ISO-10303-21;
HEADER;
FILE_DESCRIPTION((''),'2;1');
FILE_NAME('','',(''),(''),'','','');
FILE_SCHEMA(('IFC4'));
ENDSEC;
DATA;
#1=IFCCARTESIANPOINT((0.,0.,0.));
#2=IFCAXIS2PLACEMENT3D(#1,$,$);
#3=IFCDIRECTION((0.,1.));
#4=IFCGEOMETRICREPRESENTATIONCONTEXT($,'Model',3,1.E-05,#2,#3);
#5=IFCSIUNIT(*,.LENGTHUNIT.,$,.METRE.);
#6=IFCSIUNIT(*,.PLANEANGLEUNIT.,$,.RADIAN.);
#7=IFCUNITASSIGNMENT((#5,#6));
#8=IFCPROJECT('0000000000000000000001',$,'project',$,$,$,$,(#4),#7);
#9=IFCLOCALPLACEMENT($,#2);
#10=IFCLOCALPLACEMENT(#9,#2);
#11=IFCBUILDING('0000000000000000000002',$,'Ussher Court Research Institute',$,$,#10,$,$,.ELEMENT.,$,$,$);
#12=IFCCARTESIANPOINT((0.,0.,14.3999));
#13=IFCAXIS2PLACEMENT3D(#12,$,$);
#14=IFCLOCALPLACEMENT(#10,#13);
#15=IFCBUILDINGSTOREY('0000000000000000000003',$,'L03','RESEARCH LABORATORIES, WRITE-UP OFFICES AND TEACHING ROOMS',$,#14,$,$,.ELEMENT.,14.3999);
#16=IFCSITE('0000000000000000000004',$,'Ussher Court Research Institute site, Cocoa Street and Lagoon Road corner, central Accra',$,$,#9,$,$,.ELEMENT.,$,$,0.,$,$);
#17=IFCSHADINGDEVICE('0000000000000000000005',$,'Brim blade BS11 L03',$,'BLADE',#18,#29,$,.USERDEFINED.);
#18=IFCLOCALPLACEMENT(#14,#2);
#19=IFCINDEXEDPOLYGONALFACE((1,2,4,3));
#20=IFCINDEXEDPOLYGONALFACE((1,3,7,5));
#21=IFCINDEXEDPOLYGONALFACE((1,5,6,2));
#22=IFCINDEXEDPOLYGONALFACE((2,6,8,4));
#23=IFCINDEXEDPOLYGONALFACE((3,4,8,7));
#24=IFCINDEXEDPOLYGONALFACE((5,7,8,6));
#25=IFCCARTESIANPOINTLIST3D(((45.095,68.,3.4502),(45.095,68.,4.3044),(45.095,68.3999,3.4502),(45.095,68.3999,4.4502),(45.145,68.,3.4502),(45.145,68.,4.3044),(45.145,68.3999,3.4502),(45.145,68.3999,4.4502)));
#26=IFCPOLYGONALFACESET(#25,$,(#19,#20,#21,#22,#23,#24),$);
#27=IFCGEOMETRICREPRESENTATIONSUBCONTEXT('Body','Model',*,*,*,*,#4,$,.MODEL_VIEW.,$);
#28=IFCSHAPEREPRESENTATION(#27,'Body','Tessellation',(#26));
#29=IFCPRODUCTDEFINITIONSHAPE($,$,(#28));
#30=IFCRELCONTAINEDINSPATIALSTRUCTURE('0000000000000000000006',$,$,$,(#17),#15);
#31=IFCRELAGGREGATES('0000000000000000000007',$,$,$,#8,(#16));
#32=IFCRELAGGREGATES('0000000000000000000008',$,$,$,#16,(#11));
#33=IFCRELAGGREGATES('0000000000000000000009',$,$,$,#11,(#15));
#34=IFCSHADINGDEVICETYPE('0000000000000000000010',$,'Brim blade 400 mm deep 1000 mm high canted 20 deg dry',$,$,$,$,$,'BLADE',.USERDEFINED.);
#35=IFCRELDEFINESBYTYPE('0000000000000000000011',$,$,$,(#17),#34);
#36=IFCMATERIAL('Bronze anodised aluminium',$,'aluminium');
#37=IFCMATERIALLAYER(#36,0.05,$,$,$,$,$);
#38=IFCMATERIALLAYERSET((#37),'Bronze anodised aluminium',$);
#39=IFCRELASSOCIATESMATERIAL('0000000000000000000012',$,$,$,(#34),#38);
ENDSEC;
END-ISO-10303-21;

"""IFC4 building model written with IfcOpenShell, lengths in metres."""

from ifc_helpers import new_model, si_unit, direction, frame, origin, place, context, subcontext, project, spatial, polyline, outline, extrude, material, layer, layer_set, type_object, element, save


model = new_model("IFC4")

# Units and contexts
model_context = context("Model", 3, precision=1e-05, world=origin(), true_north=direction((0.0, 1.0)))
body_context = subcontext(model_context, "Body", "Model", "MODEL_VIEW")
ifc_project = project(units=[si_unit("LENGTHUNIT", "METRE"), si_unit("PLANEANGLEUNIT", "RADIAN")], contexts=[model_context])

# Site, building, storey
site_placement = place(None, origin())
site = spatial("IfcSite", under=ifc_project, at=site_placement, Name="Ussher Court Research Institute site, Cocoa Street and Lagoon Road corner, central Accra", CompositionType="ELEMENT", RefElevation=0.0)
building_placement = place(site_placement, origin())
building = spatial("IfcBuilding", under=site, at=building_placement, Name="Ussher Court Research Institute", CompositionType="ELEMENT")
storey_placement = place(building_placement, frame((0.0, 0.0, 14.3999)))
storey = spatial("IfcBuildingStorey", under=building, at=storey_placement, Name="L03", Description="RESEARCH LABORATORIES, WRITE-UP OFFICES AND TEACHING ROOMS", CompositionType="ELEMENT", Elevation=14.3999)

# Shading device
ifc_material_1 = material(Name="Bronze anodised aluminium", Category="aluminium")
ifc_layer_1 = layer(ifc_material_1, 0.05)
ifc_layer_set_1 = layer_set([ifc_layer_1], Name="Bronze anodised aluminium")
shading_device_type_1 = type_object("IfcShadingDeviceType", Name="Brim blade 400 mm deep 1000 mm high canted 20 deg dry", ElementType="BLADE", PredefinedType="USERDEFINED", material=ifc_layer_set_1)
for number, where, z_axis, x_axis, name in (
    (1, (45.1201, 68.3999, 3.4502), (0.0, 0.0, 1.0), (0.0, -1.0, 0.0), "Brim blade BS11 L03"),
):
    element("IfcShadingDevice", number, at=place(storey_placement, frame(where, z_axis=z_axis, x_axis=x_axis)), inside=storey, type_object=shading_device_type_1, Name=name, ObjectType="BLADE", PredefinedType="USERDEFINED", context=body_context, shape_type="SweptSolid", body=[
        extrude(outline(polyline([(0.0, 0.0), (0.3999, 0.0), (0.3999, 0.8542), (0.0, 1.0), (0.0, 0.0)])), frame((0.0, 0.0249, 0.0), z_axis=(0.0, -1.0, 0.0), x_axis=(1.0, 0.0, 0.0)), (0.0, 0.0, 1.0), 0.05),
    ])

save(model, "model.ifc")
